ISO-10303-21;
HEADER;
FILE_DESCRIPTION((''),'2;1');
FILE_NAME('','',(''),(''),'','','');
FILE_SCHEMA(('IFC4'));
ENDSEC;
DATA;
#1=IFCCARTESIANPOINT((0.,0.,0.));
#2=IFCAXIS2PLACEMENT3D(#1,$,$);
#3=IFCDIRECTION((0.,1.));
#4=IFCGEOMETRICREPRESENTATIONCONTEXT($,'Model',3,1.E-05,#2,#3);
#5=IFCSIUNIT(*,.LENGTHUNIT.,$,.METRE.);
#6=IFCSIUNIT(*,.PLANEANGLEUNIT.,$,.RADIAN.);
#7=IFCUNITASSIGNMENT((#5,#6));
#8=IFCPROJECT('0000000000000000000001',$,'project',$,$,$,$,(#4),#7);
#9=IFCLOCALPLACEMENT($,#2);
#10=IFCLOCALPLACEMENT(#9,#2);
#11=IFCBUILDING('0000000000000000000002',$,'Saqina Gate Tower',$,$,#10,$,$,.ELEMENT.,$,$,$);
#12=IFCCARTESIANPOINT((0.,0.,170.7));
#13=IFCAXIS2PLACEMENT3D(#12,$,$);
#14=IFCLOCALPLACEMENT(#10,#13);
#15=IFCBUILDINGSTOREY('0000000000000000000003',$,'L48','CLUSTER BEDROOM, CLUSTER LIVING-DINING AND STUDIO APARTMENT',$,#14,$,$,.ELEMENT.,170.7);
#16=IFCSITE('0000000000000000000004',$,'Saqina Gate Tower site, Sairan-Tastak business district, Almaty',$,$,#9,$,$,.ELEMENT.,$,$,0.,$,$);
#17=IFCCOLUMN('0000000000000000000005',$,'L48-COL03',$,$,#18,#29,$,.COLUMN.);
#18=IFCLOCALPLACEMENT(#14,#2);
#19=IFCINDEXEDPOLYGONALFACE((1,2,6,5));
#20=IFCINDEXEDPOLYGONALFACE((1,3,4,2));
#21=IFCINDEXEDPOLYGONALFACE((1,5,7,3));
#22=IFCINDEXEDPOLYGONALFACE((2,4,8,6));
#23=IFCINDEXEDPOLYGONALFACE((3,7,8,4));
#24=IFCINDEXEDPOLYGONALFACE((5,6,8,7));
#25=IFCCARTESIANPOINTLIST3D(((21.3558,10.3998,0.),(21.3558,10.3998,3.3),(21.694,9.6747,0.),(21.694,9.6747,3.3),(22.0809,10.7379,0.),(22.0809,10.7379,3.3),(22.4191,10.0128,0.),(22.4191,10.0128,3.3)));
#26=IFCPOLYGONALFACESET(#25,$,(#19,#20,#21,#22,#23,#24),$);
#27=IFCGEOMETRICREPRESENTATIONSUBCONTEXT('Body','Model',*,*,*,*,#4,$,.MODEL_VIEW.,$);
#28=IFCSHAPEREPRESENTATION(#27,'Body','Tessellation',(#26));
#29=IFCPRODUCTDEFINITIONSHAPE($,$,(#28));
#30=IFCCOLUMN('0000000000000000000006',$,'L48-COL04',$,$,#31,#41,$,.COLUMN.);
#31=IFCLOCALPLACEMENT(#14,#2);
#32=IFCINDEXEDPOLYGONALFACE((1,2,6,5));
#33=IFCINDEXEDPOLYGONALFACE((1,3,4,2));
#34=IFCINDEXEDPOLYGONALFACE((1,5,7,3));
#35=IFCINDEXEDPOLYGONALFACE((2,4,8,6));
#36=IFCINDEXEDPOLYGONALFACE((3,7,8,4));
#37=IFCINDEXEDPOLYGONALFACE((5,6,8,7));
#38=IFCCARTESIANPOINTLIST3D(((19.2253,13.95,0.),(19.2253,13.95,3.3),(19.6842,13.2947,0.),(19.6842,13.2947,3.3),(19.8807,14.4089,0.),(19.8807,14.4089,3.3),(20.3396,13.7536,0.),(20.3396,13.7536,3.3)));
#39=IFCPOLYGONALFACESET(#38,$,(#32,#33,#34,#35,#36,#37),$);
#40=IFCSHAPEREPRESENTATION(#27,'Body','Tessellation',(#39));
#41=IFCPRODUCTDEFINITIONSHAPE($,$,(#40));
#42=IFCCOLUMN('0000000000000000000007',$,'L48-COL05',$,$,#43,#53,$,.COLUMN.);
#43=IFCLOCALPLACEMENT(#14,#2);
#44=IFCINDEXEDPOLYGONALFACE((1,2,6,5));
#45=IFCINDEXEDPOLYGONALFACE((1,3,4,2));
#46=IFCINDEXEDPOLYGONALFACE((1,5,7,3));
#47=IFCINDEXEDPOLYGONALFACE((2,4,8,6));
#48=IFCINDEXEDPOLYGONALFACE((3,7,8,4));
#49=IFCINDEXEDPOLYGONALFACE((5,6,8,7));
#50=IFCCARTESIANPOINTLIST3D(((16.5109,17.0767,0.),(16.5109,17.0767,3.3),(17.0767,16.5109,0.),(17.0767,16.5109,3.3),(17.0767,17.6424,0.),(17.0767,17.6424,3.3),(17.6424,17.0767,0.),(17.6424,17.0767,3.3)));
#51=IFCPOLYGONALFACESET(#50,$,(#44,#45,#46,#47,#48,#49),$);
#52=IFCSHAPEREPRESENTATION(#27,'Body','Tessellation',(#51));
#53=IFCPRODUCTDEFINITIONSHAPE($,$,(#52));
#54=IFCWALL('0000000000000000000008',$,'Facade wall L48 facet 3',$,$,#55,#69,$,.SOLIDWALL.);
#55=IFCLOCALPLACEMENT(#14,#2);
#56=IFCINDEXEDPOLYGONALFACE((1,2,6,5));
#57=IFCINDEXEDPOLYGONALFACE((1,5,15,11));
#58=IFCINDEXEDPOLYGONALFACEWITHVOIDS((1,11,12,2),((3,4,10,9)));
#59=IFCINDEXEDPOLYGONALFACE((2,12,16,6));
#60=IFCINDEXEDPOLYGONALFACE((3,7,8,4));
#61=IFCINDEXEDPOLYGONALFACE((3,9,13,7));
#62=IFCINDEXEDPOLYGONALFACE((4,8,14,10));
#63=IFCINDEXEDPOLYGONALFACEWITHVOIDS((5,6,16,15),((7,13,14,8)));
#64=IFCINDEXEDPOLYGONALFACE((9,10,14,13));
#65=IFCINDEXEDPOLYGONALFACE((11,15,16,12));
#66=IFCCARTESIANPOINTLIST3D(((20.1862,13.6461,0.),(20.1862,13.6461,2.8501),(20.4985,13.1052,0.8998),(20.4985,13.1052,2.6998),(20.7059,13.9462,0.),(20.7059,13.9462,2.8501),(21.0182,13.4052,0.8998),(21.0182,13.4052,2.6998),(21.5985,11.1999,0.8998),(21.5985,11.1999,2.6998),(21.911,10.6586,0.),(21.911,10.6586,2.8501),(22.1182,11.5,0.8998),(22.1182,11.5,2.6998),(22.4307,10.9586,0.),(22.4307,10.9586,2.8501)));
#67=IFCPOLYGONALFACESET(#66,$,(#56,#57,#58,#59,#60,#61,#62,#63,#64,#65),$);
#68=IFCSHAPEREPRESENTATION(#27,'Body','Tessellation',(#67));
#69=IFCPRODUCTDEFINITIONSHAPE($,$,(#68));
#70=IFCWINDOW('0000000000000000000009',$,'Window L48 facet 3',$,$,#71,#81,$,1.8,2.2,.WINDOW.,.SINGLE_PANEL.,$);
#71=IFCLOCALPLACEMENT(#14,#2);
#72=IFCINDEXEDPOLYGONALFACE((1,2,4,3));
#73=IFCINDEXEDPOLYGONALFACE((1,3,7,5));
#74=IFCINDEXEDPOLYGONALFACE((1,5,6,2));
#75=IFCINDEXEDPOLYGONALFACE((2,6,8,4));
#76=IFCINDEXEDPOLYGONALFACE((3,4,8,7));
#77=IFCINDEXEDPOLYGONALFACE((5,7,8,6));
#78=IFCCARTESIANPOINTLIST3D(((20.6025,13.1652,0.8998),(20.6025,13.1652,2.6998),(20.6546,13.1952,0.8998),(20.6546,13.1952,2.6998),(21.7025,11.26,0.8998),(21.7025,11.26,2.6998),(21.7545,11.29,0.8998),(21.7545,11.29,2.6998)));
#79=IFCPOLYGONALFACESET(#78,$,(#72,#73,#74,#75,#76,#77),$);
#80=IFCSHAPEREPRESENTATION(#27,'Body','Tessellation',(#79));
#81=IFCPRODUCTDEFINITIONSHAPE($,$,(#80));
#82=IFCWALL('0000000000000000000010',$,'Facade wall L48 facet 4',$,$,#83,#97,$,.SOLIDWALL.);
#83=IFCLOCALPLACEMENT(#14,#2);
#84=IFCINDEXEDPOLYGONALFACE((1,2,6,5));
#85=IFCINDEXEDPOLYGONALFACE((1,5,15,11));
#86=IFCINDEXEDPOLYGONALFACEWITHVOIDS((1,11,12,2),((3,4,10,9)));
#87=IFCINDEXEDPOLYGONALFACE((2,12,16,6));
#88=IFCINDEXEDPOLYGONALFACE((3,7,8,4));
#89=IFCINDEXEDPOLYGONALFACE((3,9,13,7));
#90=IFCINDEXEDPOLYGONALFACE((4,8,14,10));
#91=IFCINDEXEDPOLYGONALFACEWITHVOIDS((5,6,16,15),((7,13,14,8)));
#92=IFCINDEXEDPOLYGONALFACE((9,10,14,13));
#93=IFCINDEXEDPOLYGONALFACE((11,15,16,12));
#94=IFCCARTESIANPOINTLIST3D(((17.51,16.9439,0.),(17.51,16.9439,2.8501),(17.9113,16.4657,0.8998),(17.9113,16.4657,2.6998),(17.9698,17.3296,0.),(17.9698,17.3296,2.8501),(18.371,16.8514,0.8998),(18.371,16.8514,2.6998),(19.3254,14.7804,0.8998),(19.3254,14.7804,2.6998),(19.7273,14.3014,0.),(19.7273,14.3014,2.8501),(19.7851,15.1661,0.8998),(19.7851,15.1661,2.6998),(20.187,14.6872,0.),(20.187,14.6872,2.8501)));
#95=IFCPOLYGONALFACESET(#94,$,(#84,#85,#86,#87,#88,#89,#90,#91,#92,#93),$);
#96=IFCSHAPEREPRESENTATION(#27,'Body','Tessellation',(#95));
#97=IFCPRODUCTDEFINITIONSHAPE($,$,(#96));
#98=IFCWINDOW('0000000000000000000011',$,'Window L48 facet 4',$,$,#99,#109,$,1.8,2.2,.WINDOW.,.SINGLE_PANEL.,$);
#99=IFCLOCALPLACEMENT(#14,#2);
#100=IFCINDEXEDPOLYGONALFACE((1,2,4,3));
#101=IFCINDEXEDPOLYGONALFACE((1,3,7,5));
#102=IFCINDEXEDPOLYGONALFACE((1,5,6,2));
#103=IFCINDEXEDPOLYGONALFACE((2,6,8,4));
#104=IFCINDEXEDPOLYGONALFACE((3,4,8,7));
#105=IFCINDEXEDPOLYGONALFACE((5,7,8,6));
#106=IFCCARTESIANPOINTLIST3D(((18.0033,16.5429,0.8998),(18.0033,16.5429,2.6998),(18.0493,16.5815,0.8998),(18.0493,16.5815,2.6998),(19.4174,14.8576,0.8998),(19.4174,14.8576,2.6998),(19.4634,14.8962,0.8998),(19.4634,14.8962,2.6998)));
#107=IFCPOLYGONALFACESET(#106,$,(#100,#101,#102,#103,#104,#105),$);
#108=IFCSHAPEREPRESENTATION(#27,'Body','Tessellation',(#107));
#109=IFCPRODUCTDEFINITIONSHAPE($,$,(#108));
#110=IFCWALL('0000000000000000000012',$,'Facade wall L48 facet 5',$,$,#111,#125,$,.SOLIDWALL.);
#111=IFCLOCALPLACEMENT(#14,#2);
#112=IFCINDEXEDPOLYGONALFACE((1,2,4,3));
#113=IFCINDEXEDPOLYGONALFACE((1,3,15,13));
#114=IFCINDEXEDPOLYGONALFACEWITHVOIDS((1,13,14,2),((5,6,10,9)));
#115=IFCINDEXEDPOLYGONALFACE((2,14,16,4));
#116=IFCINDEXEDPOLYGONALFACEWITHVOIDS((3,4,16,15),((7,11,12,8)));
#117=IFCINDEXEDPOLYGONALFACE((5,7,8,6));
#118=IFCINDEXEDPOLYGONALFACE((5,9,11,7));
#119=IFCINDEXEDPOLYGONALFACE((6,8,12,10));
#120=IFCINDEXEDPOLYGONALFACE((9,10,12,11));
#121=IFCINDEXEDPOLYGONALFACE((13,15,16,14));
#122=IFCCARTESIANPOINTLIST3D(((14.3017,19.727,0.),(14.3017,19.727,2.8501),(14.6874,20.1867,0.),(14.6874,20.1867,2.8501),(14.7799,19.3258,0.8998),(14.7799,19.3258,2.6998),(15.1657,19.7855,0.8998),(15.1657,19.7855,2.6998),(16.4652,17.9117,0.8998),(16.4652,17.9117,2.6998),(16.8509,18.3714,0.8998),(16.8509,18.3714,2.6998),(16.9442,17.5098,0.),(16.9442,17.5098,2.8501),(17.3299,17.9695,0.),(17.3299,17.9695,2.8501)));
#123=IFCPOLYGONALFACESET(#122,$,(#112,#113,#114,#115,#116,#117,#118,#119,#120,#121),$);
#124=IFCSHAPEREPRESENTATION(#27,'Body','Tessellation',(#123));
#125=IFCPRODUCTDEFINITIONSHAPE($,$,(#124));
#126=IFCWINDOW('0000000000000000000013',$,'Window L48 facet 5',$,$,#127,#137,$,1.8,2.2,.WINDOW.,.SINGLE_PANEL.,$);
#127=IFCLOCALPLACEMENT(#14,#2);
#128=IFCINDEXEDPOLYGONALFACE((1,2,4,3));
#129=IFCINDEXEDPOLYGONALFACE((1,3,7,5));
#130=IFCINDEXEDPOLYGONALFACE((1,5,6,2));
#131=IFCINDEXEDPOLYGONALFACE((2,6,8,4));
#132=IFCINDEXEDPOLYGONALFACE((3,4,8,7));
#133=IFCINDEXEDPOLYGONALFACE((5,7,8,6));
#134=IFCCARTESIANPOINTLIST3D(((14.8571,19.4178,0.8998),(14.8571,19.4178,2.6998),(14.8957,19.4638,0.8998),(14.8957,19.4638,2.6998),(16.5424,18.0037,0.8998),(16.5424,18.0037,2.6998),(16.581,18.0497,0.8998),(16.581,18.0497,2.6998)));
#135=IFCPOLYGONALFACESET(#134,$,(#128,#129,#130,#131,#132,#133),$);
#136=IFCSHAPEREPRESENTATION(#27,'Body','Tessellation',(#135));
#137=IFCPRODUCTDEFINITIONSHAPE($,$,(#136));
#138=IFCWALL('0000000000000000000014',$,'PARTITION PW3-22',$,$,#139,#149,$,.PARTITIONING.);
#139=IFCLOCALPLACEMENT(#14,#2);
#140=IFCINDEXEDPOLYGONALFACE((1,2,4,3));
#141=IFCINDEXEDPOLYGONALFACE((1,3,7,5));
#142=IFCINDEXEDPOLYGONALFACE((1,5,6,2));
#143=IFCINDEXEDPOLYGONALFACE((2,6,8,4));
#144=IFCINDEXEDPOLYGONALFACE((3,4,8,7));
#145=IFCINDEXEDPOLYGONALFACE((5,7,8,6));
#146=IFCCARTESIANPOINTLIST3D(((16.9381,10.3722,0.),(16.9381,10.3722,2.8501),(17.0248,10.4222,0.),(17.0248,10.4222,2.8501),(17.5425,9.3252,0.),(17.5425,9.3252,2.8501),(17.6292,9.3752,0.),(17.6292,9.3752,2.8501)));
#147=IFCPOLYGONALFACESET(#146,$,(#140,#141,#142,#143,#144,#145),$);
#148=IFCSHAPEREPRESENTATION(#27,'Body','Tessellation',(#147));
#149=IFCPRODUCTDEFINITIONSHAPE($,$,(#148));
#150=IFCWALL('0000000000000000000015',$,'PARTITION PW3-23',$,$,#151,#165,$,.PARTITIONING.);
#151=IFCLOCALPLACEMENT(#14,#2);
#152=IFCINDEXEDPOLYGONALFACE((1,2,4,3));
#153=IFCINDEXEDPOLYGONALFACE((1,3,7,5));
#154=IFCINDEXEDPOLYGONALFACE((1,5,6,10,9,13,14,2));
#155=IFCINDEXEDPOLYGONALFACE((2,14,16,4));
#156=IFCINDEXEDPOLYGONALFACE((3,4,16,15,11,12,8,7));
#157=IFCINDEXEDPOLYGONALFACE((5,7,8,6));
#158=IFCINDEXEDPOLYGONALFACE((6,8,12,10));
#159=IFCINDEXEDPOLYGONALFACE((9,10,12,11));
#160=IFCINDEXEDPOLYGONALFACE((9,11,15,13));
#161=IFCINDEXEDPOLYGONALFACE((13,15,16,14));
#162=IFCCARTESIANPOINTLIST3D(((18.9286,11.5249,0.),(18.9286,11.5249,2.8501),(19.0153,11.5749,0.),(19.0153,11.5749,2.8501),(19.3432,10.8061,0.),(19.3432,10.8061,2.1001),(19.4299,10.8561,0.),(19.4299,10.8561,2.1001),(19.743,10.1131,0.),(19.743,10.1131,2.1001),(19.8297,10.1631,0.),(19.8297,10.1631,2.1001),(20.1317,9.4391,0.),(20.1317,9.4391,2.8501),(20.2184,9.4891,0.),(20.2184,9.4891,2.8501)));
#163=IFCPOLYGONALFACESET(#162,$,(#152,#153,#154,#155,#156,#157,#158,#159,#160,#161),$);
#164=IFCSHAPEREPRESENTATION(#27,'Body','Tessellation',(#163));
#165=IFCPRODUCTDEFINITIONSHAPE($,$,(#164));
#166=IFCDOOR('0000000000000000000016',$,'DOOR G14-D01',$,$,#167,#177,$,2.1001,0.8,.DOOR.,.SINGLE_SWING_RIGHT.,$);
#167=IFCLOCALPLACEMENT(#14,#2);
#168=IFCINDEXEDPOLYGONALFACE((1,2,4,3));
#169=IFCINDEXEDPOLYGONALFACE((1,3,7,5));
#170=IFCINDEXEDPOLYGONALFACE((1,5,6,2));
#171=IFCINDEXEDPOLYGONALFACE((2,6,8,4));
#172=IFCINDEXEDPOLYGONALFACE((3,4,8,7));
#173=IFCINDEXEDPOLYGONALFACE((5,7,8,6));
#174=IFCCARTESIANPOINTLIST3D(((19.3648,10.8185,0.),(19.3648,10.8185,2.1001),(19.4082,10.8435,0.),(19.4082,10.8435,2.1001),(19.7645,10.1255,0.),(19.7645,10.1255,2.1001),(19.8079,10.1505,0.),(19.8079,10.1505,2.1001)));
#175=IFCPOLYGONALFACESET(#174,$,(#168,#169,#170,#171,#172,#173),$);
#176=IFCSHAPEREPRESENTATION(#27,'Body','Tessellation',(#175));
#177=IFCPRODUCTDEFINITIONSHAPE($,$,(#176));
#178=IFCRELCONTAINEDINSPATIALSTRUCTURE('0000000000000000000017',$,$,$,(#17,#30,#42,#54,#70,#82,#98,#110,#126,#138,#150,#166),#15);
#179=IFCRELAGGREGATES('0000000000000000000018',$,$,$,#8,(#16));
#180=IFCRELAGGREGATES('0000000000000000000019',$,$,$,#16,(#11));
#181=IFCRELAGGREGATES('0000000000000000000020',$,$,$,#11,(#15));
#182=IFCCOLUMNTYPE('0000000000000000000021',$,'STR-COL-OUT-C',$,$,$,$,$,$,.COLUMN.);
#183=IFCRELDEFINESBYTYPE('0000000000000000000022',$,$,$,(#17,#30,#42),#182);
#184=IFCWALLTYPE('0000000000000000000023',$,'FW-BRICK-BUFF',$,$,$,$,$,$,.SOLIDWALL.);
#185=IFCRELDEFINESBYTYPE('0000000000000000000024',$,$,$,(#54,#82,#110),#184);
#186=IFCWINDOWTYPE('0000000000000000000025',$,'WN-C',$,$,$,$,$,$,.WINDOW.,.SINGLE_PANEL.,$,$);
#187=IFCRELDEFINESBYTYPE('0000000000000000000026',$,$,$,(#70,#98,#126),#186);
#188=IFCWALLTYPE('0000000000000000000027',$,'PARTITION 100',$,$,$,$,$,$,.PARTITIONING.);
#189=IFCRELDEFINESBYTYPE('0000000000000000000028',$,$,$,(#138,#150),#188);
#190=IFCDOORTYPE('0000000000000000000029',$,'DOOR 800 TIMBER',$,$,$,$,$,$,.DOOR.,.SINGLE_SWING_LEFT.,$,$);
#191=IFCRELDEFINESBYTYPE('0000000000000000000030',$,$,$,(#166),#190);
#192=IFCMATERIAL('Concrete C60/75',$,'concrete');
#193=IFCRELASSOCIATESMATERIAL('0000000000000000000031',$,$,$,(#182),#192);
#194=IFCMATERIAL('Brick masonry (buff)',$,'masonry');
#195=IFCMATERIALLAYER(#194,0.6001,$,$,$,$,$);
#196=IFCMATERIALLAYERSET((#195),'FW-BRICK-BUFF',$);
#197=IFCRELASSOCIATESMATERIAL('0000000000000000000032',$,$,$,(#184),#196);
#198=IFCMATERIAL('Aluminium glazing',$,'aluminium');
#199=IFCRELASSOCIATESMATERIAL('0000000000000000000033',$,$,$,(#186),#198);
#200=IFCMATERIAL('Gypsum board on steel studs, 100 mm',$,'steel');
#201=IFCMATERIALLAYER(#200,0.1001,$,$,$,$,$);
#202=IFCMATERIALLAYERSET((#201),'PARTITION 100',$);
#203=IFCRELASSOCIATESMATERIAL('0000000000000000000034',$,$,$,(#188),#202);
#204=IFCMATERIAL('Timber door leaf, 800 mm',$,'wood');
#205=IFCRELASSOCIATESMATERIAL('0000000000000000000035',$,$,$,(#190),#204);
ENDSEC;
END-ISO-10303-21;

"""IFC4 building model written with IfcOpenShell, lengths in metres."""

from ifc_helpers import new_model, si_unit, direction, frame, frame_2d, origin, origin_2d, place, context, subcontext, project, spatial, rectangle, extrude, material, layer, layer_set, material_profile, profile_set, type_object, element, fill, save


model = new_model("IFC4")

# Units and contexts
model_context = context("Model", 3, precision=1e-05, world=origin(), true_north=direction((0.0, 1.0)))
body_context = subcontext(model_context, "Body", "Model", "MODEL_VIEW")
ifc_project = project(units=[si_unit("LENGTHUNIT", "METRE"), si_unit("PLANEANGLEUNIT", "RADIAN")], contexts=[model_context])

# Site, building, storey
site_placement = place(None, origin())
site = spatial("IfcSite", under=ifc_project, at=site_placement, Name="Saqina Gate Tower site, Sairan-Tastak business district, Almaty", CompositionType="ELEMENT", RefElevation=0.0)
building_placement = place(site_placement, origin())
building = spatial("IfcBuilding", under=site, at=building_placement, Name="Saqina Gate Tower", CompositionType="ELEMENT")
storey_placement = place(building_placement, frame((0.0, 0.0, 170.7)))
storey = spatial("IfcBuildingStorey", under=building, at=storey_placement, Name="L48", Description="CLUSTER BEDROOM, CLUSTER LIVING-DINING AND STUDIO APARTMENT", CompositionType="ELEMENT", Elevation=170.7)

# Columns
ifc_material_1 = material(Name="Concrete C60/75", Category="concrete")
ifc_material_profile = material_profile(ifc_material_1, rectangle(XDim=0.8, YDim=0.8, at=origin_2d()), Name="RC 800x800")
ifc_profile_set = profile_set([ifc_material_profile], Name="Concrete C60/75")
column_type = type_object("IfcColumnType", Name="STR-COL-OUT-C", PredefinedType="COLUMN", material=ifc_profile_set)
for number, where, z_axis, x_axis, name in (
    (1, (21.8875, 10.2063, 0.0), (0.0, 0.0, 1.0), (0.906308, 0.422618, 0.0), "L48-COL03"),
    (2, (19.7825, 13.8518, 0.0), (0.0, 0.0, 1.0), (0.819152, 0.573576, 0.0), "L48-COL04"),
    (3, (17.0767, 17.0767, 0.0), (0.0, 0.0, 1.0), (0.707107, 0.707107, 0.0), "L48-COL05"),
):
    element("IfcColumn", number, at=place(storey_placement, frame(where, z_axis=z_axis, x_axis=x_axis)), inside=storey, type_object=column_type, Name=name, PredefinedType="COLUMN", context=body_context, shape_type="SweptSolid", body=[
        extrude(rectangle(XDim=0.8, YDim=0.8, at=origin_2d()), origin(), (0.0, 0.0, 1.0), 3.3),
    ])

# Walls, openings, windows
ifc_material_2 = material(Name="Brick masonry (buff)", Category="masonry")
ifc_layer_1 = layer(ifc_material_2, 0.6001)
ifc_layer_set_1 = layer_set([ifc_layer_1], Name="FW-BRICK-BUFF")
wall_type_1 = type_object("IfcWallType", Name="FW-BRICK-BUFF", PredefinedType="SOLIDWALL", material=ifc_layer_set_1)
wall_1_placement = place(storey_placement, frame((22.1709, 10.8086, 0.0), z_axis=(0.0, 0.0, 1.0), x_axis=(-0.499998, 0.866026, 0.0)))
wall_1 = element("IfcWall", 4, at=wall_1_placement, inside=storey, type_object=wall_type_1, Name="Facade wall L48 facet 3", PredefinedType="SOLIDWALL", context=body_context, shape_type="SweptSolid", body=[
    extrude(rectangle(XDim=3.4497, YDim=0.6001, at=frame_2d((1.7249, 0.0))), origin(), (0.0, 0.0, 1.0), 2.8501),
])
opening_1_placement = place(wall_1_placement, frame((0.625, 0.0, 0.8999)))
opening_1 = element("IfcOpeningElement", 5, at=opening_1_placement, cuts=wall_1, PredefinedType="OPENING", context=body_context, shape_type="SweptSolid", body=[
    extrude(rectangle(XDim=2.2, YDim=1.8, at=frame_2d((1.1001, 0.8999))), frame((0.0, 0.312, 0.0), z_axis=(0.0, -1.0, 0.0), x_axis=(1.0, 0.0, 0.0)), (0.0, 0.0, 1.0), 0.624),
])
ifc_material_3 = material(Name="Aluminium glazing", Category="aluminium")
window_type = type_object("IfcWindowType", Name="WN-C", PartitioningType="SINGLE_PANEL", PredefinedType="WINDOW", material=ifc_material_3)
window_1_placement = place(opening_1_placement, origin())
window_1 = element("IfcWindow", 6, at=window_1_placement, inside=storey, type_object=window_type, Name="Window L48 facet 3", OverallHeight=1.8, OverallWidth=2.2, PartitioningType="SINGLE_PANEL", PredefinedType="WINDOW", context=body_context, shape_type="SweptSolid", body=[
    extrude(rectangle(XDim=2.2, YDim=1.8, at=frame_2d((1.1001, 0.8999))), frame((0.0, 0.1799, 0.0), z_axis=(0.0, -1.0, 0.0), x_axis=(1.0, 0.0, 0.0)), (0.0, 0.0, 1.0), 0.0601),
])
fill(opening_1, window_1)
wall_2_placement = place(storey_placement, frame((19.957, 14.4944, 0.0), z_axis=(0.0, 0.0, 1.0), x_axis=(-0.64277, 0.766059, 0.0)))
wall_2 = element("IfcWall", 7, at=wall_2_placement, inside=storey, type_object=wall_type_1, Name="Facade wall L48 facet 4", PredefinedType="SOLIDWALL", context=body_context, shape_type="SweptSolid", body=[
    extrude(rectangle(XDim=3.4495, YDim=0.6001, at=frame_2d((1.7246, 0.0))), origin(), (0.0, 0.0, 1.0), 2.8501),
])
opening_2_placement = place(wall_2_placement, frame((0.625, 0.0, 0.8999)))
opening_2 = element("IfcOpeningElement", 8, at=opening_2_placement, cuts=wall_2, PredefinedType="OPENING", context=body_context, shape_type="SweptSolid", body=[
    extrude(rectangle(XDim=2.2, YDim=1.8, at=frame_2d((1.1001, 0.8999))), frame((0.0, 0.312, 0.0), z_axis=(0.0, -1.0, 0.0), x_axis=(1.0, 0.0, 0.0)), (0.0, 0.0, 1.0), 0.624),
])
window_2_placement = place(opening_2_placement, origin())
window_2 = element("IfcWindow", 9, at=window_2_placement, inside=storey, type_object=window_type, Name="Window L48 facet 4", OverallHeight=1.8, OverallWidth=2.2, PartitioningType="SINGLE_PANEL", PredefinedType="WINDOW", context=body_context, shape_type="SweptSolid", body=[
    extrude(rectangle(XDim=2.2, YDim=1.8, at=frame_2d((1.1001, 0.8999))), frame((0.0, 0.1799, 0.0), z_axis=(0.0, -1.0, 0.0), x_axis=(1.0, 0.0, 0.0)), (0.0, 0.0, 1.0), 0.0601),
])
fill(opening_2, window_2)
wall_3_placement = place(storey_placement, frame((17.137, 17.7397, 0.0), z_axis=(0.0, 0.0, 1.0), x_axis=(-0.766059, 0.64277, 0.0)))
wall_3 = element("IfcWall", 10, at=wall_3_placement, inside=storey, type_object=wall_type_1, Name="Facade wall L48 facet 5", PredefinedType="SOLIDWALL", context=body_context, shape_type="SweptSolid", body=[
    extrude(rectangle(XDim=3.4495, YDim=0.6001, at=frame_2d((1.7246, 0.0))), origin(), (0.0, 0.0, 1.0), 2.8501),
])
opening_3_placement = place(wall_3_placement, frame((0.625, 0.0, 0.8999)))
opening_3 = element("IfcOpeningElement", 11, at=opening_3_placement, cuts=wall_3, PredefinedType="OPENING", context=body_context, shape_type="SweptSolid", body=[
    extrude(rectangle(XDim=2.2, YDim=1.8, at=frame_2d((1.1001, 0.8999))), frame((0.0, 0.312, 0.0), z_axis=(0.0, -1.0, 0.0), x_axis=(1.0, 0.0, 0.0)), (0.0, 0.0, 1.0), 0.624),
])
window_3_placement = place(opening_3_placement, origin())
window_3 = element("IfcWindow", 12, at=window_3_placement, inside=storey, type_object=window_type, Name="Window L48 facet 5", OverallHeight=1.8, OverallWidth=2.2, PartitioningType="SINGLE_PANEL", PredefinedType="WINDOW", context=body_context, shape_type="SweptSolid", body=[
    extrude(rectangle(XDim=2.2, YDim=1.8, at=frame_2d((1.1001, 0.8999))), frame((0.0, 0.1799, 0.0), z_axis=(0.0, -1.0, 0.0), x_axis=(1.0, 0.0, 0.0)), (0.0, 0.0, 1.0), 0.0601),
])
fill(opening_3, window_3)

# Wall
ifc_material_4 = material(Name="Gypsum board on steel studs, 100 mm", Category="steel")
ifc_layer_2 = layer(ifc_material_4, 0.1001)
ifc_layer_set_2 = layer_set([ifc_layer_2], Name="PARTITION 100")
wall_type_2 = type_object("IfcWallType", Name="PARTITION 100", PredefinedType="PARTITIONING", material=ifc_layer_set_2)
wall_4_placement = place(storey_placement, frame((16.9814, 10.3972, 0.0), z_axis=(0.0, 0.0, 1.0), x_axis=(0.499961, -0.866048, 0.0)))
element("IfcWall", 13, at=wall_4_placement, inside=storey, type_object=wall_type_2, Name="PARTITION PW3-22", PredefinedType="PARTITIONING", context=body_context, shape_type="SweptSolid", body=[
    extrude(rectangle(XDim=1.209, YDim=0.1001, at=frame_2d((0.6045, 0.0))), origin(), (0.0, 0.0, 1.0), 2.8501),
])

# Wall, opening, door
wall_5_placement = place(storey_placement, frame((18.9719, 11.55, 0.0), z_axis=(0.0, 0.0, 1.0), x_axis=(0.499629, -0.86624, 0.0)))
wall_5 = element("IfcWall", 14, at=wall_5_placement, inside=storey, type_object=wall_type_2, Name="PARTITION PW3-23", PredefinedType="PARTITIONING", context=body_context, shape_type="SweptSolid", body=[
    extrude(rectangle(XDim=2.408, YDim=0.1001, at=frame_2d((1.2041, 0.0))), origin(), (0.0, 0.0, 1.0), 2.8501),
])
opening_4_placement = place(wall_5_placement, frame((0.8301, 0.0, 0.0)))
opening_4 = element("IfcOpeningElement", 15, at=opening_4_placement, cuts=wall_5, PredefinedType="OPENING", context=body_context, shape_type="SweptSolid", body=[
    extrude(rectangle(XDim=0.8, YDim=2.1001, at=frame_2d((0.3999, 1.05))), frame((0.0, 0.062, 0.0), z_axis=(0.0, -1.0, 0.0), x_axis=(1.0, 0.0, 0.0)), (0.0, 0.0, 1.0), 0.124),
])
ifc_material_5 = material(Name="Timber door leaf, 800 mm", Category="wood")
door_type_1 = type_object("IfcDoorType", Name="DOOR 800 TIMBER", OperationType="SINGLE_SWING_LEFT", PredefinedType="DOOR", material=ifc_material_5)
door_1_placement = place(opening_4_placement, origin())
door_1 = element("IfcDoor", 16, at=door_1_placement, inside=storey, type_object=door_type_1, Name="DOOR G14-D01", OperationType="SINGLE_SWING_RIGHT", OverallHeight=2.1001, OverallWidth=0.8, PredefinedType="DOOR", context=body_context, shape_type="SweptSolid", body=[
    extrude(rectangle(XDim=0.8, YDim=2.1001, at=frame_2d((0.3999, 1.05))), frame((0.0, 0.0249, 0.0), z_axis=(0.0, -1.0, 0.0), x_axis=(1.0, 0.0, 0.0)), (0.0, 0.0, 1.0), 0.05),
])
fill(opening_4, door_1)

save(model, "model.ifc")
